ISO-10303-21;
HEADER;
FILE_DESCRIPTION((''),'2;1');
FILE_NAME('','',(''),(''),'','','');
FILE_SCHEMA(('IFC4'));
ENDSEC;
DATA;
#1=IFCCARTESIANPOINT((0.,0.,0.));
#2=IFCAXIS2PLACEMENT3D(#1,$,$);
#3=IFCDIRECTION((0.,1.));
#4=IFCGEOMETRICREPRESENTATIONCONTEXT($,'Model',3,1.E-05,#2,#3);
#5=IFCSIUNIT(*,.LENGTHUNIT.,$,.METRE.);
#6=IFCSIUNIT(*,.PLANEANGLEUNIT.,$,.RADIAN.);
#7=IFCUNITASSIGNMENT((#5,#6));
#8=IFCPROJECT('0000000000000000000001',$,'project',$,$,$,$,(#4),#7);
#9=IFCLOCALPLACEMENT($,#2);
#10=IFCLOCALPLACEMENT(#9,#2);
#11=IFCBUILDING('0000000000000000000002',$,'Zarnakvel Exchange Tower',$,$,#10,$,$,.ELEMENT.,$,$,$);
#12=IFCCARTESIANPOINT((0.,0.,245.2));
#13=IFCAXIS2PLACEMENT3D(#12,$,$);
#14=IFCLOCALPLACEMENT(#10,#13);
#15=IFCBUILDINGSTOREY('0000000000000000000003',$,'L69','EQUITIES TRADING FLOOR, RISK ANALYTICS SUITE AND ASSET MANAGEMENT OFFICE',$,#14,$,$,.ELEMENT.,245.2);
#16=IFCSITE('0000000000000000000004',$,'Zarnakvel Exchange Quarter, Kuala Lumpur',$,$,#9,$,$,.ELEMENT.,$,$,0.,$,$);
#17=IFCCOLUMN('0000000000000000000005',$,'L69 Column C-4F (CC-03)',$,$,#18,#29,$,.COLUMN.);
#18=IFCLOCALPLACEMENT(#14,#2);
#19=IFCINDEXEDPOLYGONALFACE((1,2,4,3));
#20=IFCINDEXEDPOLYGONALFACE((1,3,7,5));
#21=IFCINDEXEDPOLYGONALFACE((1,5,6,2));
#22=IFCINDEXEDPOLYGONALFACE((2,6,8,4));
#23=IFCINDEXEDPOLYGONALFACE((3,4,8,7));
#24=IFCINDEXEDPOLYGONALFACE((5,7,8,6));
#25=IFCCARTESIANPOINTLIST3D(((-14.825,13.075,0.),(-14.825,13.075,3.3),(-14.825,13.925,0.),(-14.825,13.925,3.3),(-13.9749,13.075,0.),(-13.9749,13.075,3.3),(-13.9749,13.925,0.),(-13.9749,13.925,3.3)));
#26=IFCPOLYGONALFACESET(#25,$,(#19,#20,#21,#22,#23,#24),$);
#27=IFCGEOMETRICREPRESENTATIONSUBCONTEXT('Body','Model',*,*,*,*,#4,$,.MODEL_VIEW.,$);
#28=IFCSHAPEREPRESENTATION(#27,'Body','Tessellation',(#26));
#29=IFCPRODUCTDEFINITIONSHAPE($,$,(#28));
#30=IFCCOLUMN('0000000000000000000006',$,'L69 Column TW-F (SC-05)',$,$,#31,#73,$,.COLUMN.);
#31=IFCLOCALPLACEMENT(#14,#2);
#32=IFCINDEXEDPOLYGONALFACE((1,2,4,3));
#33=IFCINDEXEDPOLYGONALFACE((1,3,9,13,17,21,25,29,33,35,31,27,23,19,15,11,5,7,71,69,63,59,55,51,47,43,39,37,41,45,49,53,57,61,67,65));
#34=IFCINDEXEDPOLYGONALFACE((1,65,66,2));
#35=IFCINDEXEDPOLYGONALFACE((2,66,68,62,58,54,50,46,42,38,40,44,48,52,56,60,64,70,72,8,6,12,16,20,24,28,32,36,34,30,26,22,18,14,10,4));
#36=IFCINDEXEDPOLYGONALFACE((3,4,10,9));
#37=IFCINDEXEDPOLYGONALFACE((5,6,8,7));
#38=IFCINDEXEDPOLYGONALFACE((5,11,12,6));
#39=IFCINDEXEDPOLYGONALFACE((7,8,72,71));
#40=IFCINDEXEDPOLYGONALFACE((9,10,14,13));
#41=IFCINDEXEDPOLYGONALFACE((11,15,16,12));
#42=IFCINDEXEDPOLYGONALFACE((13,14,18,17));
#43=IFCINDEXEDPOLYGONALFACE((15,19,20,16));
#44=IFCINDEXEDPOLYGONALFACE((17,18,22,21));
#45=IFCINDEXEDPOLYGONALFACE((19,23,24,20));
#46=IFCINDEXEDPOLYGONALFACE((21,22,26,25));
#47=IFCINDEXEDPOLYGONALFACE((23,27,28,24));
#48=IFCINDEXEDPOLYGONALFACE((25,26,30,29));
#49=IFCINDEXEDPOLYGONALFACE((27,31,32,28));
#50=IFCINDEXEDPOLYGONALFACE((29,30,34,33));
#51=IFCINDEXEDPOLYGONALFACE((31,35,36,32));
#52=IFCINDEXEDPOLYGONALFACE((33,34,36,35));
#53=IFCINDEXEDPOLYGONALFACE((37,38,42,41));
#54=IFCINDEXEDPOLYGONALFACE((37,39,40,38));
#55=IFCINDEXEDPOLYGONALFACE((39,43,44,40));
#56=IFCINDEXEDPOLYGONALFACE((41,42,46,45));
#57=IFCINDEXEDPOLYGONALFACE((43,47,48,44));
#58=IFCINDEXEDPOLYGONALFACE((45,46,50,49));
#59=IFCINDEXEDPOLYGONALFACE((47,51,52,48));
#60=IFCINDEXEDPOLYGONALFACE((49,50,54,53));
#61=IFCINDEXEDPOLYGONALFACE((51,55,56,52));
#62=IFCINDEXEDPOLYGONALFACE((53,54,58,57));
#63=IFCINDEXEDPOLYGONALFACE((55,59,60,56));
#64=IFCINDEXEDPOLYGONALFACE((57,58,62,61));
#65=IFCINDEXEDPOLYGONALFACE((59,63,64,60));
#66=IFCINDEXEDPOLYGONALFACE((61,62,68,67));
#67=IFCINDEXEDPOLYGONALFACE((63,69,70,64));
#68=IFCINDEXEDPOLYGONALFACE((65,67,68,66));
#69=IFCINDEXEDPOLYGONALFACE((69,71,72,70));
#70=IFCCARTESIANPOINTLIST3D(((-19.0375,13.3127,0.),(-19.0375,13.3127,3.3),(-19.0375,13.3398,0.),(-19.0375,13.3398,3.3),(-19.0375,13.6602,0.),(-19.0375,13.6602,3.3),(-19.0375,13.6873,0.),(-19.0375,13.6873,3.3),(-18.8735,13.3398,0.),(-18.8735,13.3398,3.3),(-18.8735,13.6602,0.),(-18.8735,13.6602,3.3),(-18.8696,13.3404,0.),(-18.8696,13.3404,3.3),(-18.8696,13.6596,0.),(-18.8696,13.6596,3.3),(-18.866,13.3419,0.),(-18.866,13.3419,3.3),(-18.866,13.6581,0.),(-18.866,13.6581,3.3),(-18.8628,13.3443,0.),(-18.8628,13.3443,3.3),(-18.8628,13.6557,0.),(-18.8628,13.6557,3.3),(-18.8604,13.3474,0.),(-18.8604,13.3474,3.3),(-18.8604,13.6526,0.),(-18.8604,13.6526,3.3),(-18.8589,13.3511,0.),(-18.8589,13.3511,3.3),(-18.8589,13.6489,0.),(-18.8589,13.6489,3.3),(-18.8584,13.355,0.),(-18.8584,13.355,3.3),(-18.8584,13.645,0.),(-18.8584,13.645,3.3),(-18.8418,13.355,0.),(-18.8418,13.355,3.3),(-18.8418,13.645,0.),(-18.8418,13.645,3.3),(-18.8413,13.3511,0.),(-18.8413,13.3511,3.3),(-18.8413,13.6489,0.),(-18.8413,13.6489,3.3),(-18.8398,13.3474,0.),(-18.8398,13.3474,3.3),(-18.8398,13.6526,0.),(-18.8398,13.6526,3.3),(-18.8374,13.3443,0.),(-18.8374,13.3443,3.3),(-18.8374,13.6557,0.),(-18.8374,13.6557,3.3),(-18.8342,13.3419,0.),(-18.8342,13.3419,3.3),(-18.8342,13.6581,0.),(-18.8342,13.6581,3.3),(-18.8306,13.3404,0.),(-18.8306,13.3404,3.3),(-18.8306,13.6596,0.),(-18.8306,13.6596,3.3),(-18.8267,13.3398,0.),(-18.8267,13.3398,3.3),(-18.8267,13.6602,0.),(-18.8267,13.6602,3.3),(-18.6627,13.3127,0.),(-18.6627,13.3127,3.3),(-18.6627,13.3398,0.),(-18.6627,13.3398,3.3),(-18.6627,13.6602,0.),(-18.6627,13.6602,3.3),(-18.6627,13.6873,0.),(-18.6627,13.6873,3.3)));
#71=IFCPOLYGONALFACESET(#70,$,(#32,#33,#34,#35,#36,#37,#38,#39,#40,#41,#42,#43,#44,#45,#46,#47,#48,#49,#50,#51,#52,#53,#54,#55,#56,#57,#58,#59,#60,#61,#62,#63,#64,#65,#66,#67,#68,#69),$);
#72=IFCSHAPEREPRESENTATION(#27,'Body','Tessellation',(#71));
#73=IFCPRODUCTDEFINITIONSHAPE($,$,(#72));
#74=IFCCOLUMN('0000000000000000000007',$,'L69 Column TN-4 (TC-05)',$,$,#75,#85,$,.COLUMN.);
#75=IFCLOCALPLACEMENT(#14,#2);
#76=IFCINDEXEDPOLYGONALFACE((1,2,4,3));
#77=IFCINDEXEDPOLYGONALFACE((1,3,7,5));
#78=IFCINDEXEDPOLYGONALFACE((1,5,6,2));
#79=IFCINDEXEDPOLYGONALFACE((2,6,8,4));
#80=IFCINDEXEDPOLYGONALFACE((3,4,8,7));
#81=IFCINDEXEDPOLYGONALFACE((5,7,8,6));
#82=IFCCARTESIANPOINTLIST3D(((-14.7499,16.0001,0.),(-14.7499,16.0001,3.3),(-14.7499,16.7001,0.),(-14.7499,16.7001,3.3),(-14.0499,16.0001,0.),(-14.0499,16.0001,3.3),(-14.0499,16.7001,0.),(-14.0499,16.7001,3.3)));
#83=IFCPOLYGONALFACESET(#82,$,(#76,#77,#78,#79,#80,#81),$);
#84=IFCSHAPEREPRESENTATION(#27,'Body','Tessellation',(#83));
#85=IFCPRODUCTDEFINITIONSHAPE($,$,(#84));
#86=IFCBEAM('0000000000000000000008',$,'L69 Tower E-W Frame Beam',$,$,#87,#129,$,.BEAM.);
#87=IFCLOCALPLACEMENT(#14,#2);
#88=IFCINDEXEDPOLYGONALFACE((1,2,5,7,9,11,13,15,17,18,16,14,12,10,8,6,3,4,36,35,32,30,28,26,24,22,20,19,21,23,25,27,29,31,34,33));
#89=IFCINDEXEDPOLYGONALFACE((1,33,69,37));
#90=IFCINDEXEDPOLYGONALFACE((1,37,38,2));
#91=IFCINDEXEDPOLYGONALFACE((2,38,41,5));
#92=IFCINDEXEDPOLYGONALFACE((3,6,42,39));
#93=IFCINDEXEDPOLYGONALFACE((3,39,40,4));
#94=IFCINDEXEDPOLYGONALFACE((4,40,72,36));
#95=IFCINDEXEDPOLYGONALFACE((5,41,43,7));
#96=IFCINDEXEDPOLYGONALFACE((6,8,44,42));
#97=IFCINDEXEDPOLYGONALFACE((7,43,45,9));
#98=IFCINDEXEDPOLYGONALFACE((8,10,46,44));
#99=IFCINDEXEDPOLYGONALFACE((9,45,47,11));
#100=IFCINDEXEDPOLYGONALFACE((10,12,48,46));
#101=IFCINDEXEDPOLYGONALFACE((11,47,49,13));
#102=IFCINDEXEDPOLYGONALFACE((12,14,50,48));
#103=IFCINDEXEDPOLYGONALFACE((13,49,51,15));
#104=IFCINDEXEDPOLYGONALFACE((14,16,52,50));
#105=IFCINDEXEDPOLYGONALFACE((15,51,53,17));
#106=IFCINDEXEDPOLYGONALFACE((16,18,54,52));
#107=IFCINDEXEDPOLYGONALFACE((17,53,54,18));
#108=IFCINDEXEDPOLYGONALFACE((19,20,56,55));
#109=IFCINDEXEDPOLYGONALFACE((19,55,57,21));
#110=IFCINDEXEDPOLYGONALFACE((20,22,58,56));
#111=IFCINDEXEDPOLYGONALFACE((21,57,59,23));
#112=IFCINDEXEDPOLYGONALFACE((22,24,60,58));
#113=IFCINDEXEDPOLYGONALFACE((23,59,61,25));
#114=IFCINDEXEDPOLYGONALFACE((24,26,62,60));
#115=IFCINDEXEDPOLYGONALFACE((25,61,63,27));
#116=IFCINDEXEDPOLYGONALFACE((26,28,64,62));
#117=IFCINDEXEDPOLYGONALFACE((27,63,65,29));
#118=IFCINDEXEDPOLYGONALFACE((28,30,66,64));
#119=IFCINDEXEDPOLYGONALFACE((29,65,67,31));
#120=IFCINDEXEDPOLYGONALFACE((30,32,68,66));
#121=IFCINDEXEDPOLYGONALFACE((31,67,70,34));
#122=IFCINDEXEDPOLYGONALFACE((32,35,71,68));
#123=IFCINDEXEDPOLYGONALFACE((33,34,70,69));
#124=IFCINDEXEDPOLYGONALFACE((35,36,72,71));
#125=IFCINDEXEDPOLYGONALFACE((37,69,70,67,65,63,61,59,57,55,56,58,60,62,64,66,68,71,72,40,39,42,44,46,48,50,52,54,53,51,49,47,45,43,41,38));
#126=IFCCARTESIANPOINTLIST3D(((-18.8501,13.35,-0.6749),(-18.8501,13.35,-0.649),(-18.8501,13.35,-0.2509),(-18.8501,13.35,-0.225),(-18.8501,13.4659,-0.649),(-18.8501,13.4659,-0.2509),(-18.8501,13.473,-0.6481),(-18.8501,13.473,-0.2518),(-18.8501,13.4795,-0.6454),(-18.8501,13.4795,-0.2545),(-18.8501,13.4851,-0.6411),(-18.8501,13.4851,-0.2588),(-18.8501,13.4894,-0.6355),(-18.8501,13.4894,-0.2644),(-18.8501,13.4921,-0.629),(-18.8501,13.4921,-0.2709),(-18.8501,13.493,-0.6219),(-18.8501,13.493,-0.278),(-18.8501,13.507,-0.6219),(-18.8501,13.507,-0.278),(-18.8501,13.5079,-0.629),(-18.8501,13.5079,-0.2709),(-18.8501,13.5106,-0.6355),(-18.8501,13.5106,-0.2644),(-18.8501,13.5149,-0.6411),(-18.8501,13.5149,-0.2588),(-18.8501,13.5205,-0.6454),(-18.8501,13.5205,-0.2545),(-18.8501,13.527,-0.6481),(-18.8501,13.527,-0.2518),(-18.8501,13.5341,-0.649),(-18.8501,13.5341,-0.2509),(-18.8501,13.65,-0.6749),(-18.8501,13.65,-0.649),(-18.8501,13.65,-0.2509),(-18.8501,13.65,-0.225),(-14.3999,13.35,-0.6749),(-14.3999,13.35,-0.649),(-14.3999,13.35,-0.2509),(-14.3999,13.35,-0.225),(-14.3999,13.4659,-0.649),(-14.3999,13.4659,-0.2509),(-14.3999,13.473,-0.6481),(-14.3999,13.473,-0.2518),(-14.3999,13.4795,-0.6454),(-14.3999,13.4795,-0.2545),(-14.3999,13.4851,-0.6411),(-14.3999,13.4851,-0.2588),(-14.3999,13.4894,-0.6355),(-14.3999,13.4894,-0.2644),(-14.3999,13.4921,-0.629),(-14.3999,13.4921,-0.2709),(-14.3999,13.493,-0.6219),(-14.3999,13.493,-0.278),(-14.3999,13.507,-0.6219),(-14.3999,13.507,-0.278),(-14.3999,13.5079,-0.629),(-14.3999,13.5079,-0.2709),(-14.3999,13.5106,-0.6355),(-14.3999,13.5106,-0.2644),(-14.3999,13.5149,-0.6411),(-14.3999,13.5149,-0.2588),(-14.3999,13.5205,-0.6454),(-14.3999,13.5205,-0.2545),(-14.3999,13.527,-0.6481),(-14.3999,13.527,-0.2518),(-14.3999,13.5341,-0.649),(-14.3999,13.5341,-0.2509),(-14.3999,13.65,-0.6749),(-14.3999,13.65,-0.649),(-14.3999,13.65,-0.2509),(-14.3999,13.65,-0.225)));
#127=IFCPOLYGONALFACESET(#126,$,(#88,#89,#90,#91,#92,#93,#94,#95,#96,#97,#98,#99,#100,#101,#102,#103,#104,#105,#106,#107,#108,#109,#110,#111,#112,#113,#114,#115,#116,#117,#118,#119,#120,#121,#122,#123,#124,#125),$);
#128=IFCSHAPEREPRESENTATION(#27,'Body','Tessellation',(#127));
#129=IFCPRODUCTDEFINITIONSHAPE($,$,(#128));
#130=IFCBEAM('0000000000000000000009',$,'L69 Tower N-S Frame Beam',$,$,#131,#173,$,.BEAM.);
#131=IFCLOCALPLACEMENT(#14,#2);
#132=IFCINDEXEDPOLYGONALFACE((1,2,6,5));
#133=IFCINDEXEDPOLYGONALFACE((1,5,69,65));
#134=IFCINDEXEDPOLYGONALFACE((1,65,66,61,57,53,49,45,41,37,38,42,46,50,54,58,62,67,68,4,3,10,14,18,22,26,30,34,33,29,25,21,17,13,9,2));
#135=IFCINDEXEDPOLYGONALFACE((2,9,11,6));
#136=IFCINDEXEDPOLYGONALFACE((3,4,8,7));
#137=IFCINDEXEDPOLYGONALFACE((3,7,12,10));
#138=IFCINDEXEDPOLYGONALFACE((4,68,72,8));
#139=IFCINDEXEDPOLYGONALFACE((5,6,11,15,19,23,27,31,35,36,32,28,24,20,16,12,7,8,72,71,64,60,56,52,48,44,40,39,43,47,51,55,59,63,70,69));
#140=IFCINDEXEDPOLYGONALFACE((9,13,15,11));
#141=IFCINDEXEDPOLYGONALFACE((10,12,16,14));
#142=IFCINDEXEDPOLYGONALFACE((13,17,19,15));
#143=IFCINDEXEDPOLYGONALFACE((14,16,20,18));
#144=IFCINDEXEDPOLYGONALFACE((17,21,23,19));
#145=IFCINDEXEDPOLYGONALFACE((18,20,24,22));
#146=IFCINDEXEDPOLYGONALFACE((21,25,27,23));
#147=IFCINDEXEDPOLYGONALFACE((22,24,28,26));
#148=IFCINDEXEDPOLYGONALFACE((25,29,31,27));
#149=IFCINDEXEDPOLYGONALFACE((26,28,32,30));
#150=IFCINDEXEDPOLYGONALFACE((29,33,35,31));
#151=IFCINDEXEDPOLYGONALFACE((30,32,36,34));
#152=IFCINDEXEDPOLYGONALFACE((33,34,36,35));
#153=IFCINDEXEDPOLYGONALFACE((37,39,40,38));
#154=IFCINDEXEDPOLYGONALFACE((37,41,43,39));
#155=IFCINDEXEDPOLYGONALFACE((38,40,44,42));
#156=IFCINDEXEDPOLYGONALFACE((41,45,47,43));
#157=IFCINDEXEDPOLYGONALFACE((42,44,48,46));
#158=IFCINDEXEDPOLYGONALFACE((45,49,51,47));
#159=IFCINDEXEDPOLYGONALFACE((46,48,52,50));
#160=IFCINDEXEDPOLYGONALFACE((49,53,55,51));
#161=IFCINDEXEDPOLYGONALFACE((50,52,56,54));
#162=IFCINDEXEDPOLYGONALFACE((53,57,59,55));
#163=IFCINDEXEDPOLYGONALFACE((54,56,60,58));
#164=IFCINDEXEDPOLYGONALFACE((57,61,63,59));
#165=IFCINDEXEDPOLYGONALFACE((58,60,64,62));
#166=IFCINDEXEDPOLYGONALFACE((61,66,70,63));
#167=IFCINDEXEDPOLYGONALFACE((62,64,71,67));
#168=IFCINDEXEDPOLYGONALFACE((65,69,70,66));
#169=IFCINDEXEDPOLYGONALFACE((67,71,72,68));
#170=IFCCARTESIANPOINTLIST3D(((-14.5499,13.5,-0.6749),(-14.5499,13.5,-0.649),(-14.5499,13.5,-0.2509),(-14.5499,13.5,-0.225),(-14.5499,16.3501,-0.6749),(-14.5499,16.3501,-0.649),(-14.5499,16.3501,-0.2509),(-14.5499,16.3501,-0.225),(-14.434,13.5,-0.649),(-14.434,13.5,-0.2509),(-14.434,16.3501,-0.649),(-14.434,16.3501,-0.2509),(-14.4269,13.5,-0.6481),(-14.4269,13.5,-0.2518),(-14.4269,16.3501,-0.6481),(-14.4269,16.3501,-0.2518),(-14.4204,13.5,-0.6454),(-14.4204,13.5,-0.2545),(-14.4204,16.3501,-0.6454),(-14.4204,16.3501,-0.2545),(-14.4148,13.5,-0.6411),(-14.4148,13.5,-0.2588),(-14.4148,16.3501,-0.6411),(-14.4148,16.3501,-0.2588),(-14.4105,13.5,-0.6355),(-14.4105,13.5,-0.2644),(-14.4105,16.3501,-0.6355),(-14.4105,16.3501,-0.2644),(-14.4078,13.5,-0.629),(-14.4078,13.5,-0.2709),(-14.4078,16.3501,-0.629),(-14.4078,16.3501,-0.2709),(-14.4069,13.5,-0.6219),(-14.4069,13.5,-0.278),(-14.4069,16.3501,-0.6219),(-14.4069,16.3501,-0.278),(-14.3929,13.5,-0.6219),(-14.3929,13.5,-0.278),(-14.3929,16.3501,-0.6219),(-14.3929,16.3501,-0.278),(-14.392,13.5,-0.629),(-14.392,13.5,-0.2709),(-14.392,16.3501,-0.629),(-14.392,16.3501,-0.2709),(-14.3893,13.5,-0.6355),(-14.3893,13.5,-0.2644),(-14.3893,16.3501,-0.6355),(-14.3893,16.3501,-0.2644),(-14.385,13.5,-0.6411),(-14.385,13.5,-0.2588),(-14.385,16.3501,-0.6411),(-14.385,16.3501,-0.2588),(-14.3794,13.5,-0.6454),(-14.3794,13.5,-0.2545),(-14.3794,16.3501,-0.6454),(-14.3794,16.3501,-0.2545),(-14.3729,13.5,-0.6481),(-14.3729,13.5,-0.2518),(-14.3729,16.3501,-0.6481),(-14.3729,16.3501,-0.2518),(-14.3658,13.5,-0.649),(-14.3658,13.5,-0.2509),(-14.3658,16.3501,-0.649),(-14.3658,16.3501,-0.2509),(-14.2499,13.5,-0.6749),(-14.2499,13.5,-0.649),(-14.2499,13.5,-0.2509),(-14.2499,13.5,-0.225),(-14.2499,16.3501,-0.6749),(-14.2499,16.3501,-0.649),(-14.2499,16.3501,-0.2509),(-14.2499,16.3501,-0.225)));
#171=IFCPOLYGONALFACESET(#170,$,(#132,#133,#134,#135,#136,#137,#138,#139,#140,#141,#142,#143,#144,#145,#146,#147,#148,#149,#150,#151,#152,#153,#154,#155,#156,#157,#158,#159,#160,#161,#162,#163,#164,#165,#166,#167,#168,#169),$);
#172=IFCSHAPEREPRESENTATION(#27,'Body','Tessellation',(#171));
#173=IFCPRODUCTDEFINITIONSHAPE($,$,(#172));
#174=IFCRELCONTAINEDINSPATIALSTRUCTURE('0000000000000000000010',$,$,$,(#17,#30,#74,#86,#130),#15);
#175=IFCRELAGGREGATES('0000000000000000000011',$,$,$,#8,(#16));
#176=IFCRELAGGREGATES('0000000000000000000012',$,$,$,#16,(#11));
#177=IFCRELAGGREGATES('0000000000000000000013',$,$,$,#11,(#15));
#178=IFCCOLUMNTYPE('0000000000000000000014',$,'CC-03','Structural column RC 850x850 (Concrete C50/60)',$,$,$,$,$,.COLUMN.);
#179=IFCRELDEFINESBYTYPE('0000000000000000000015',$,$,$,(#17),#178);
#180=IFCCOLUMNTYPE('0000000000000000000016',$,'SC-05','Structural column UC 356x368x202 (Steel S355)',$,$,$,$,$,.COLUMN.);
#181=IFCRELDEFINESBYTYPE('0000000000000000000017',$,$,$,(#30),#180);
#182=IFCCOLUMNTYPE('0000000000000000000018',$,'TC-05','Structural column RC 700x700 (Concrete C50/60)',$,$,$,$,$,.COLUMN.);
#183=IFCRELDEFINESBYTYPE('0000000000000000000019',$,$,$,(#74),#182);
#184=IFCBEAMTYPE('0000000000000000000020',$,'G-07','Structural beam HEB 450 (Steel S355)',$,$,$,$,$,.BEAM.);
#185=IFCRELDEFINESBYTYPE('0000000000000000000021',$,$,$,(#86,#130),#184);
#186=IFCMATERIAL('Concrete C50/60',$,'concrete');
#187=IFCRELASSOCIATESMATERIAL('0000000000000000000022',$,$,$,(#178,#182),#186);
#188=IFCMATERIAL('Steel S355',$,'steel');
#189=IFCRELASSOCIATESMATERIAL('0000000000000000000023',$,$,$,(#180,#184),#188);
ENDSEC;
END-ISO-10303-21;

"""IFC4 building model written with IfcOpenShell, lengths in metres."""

from ifc_helpers import new_model, si_unit, direction, frame, origin, origin_2d, place, context, subcontext, project, spatial, rectangle, i_section, extrude, material, material_profile, profile_set, type_object, element, save


model = new_model("IFC4")

# Units and contexts
model_context = context("Model", 3, precision=1e-05, world=origin(), true_north=direction((0.0, 1.0)))
body_context = subcontext(model_context, "Body", "Model", "MODEL_VIEW")
ifc_project = project(units=[si_unit("LENGTHUNIT", "METRE"), si_unit("PLANEANGLEUNIT", "RADIAN")], contexts=[model_context])

# Site, building, storey
site_placement = place(None, origin())
site = spatial("IfcSite", under=ifc_project, at=site_placement, Name="Zarnakvel Exchange Quarter, Kuala Lumpur", CompositionType="ELEMENT", RefElevation=0.0)
building_placement = place(site_placement, origin())
building = spatial("IfcBuilding", under=site, at=building_placement, Name="Zarnakvel Exchange Tower", CompositionType="ELEMENT")
storey_placement = place(building_placement, frame((0.0, 0.0, 245.2)))
storey = spatial("IfcBuildingStorey", under=building, at=storey_placement, Name="L69", Description="EQUITIES TRADING FLOOR, RISK ANALYTICS SUITE AND ASSET MANAGEMENT OFFICE", CompositionType="ELEMENT", Elevation=245.2)

# Columns
ifc_material_1 = material(Name="Concrete C50/60", Category="concrete")
ifc_material_profile_1 = material_profile(ifc_material_1, rectangle(XDim=0.8501, YDim=0.8501, at=origin_2d()))
ifc_profile_set_1 = profile_set([ifc_material_profile_1], Name="Concrete C50/60")
column_type_1 = type_object("IfcColumnType", Name="CC-03", Description="Structural column RC 850x850 (Concrete C50/60)", PredefinedType="COLUMN", material=ifc_profile_set_1)
column_1_placement = place(storey_placement, frame((-14.3999, 13.5, 0.0), z_axis=(0.0, 0.0, 1.0), x_axis=(1.0, 0.0, 0.0)))
element("IfcColumn", 1, at=column_1_placement, inside=storey, type_object=column_type_1, Name="L69 Column C-4F (CC-03)", PredefinedType="COLUMN", context=body_context, shape_type="SweptSolid", body=[
    extrude(rectangle(XDim=0.8501, YDim=0.8501, at=origin_2d()), origin(), (0.0, 0.0, 1.0), 3.3),
])
ifc_material_2 = material(Name="Steel S355", Category="steel")
ifc_material_profile_2 = material_profile(ifc_material_2, i_section(OverallWidth=0.3748, OverallDepth=0.3745, WebThickness=0.0166, FlangeThickness=0.0271, FilletRadius=0.0151, at=origin_2d()))
ifc_profile_set_2 = profile_set([ifc_material_profile_2], Name="Steel S355")
column_type_2 = type_object("IfcColumnType", Name="SC-05", Description="Structural column UC 356x368x202 (Steel S355)", PredefinedType="COLUMN", material=ifc_profile_set_2)
column_2_placement = place(storey_placement, frame((-18.8501, 13.5, 0.0), z_axis=(0.0, 0.0, 1.0), x_axis=(1.0, 0.0, 0.0)))
element("IfcColumn", 2, at=column_2_placement, inside=storey, type_object=column_type_2, Name="L69 Column TW-F (SC-05)", PredefinedType="COLUMN", context=body_context, shape_type="SweptSolid", body=[
    extrude(i_section(OverallWidth=0.3748, OverallDepth=0.3745, WebThickness=0.0166, FlangeThickness=0.0271, FilletRadius=0.0151, at=origin_2d()), origin(), (0.0, 0.0, 1.0), 3.3),
])
ifc_material_profile_3 = material_profile(ifc_material_1, rectangle(XDim=0.7, YDim=0.7, at=origin_2d()))
ifc_profile_set_3 = profile_set([ifc_material_profile_3], Name="Concrete C50/60")
column_type_3 = type_object("IfcColumnType", Name="TC-05", Description="Structural column RC 700x700 (Concrete C50/60)", PredefinedType="COLUMN", material=ifc_profile_set_3)
column_3_placement = place(storey_placement, frame((-14.3999, 16.3501, 0.0), z_axis=(0.0, 0.0, 1.0), x_axis=(1.0, 0.0, 0.0)))
element("IfcColumn", 3, at=column_3_placement, inside=storey, type_object=column_type_3, Name="L69 Column TN-4 (TC-05)", PredefinedType="COLUMN", context=body_context, shape_type="SweptSolid", body=[
    extrude(rectangle(XDim=0.7, YDim=0.7, at=origin_2d()), origin(), (0.0, 0.0, 1.0), 3.3),
])

# Beams
ifc_material_profile_4 = material_profile(ifc_material_2, i_section(OverallWidth=0.3, OverallDepth=0.45, WebThickness=0.0139, FlangeThickness=0.0259, FilletRadius=0.0271, at=origin_2d()))
ifc_profile_set_4 = profile_set([ifc_material_profile_4], Name="Steel S355")
beam_type_1 = type_object("IfcBeamType", Name="G-07", Description="Structural beam HEB 450 (Steel S355)", PredefinedType="BEAM", material=ifc_profile_set_4)
beam_1_placement = place(storey_placement, frame((-18.8501, 13.5, -0.45), z_axis=(1.0, 0.0, 0.0), x_axis=(0.0, 1.0, 0.0)))
element("IfcBeam", 4, at=beam_1_placement, inside=storey, type_object=beam_type_1, Name="L69 Tower E-W Frame Beam", PredefinedType="BEAM", context=body_context, shape_type="SweptSolid", body=[
    extrude(i_section(OverallWidth=0.3, OverallDepth=0.45, WebThickness=0.0139, FlangeThickness=0.0259, FilletRadius=0.0271, at=origin_2d()), origin(), (0.0, 0.0, 1.0), 4.4502),
])
beam_2_placement = place(storey_placement, frame((-14.3999, 13.5, -0.45), z_axis=(0.0, 1.0, 0.0), x_axis=(-1.0, 0.0, 0.0)))
element("IfcBeam", 5, at=beam_2_placement, inside=storey, type_object=beam_type_1, Name="L69 Tower N-S Frame Beam", PredefinedType="BEAM", context=body_context, shape_type="SweptSolid", body=[
    extrude(i_section(OverallWidth=0.3, OverallDepth=0.45, WebThickness=0.0139, FlangeThickness=0.0259, FilletRadius=0.0271, at=origin_2d()), origin(), (0.0, 0.0, 1.0), 2.8501),
])

save(model, "model.ifc")
